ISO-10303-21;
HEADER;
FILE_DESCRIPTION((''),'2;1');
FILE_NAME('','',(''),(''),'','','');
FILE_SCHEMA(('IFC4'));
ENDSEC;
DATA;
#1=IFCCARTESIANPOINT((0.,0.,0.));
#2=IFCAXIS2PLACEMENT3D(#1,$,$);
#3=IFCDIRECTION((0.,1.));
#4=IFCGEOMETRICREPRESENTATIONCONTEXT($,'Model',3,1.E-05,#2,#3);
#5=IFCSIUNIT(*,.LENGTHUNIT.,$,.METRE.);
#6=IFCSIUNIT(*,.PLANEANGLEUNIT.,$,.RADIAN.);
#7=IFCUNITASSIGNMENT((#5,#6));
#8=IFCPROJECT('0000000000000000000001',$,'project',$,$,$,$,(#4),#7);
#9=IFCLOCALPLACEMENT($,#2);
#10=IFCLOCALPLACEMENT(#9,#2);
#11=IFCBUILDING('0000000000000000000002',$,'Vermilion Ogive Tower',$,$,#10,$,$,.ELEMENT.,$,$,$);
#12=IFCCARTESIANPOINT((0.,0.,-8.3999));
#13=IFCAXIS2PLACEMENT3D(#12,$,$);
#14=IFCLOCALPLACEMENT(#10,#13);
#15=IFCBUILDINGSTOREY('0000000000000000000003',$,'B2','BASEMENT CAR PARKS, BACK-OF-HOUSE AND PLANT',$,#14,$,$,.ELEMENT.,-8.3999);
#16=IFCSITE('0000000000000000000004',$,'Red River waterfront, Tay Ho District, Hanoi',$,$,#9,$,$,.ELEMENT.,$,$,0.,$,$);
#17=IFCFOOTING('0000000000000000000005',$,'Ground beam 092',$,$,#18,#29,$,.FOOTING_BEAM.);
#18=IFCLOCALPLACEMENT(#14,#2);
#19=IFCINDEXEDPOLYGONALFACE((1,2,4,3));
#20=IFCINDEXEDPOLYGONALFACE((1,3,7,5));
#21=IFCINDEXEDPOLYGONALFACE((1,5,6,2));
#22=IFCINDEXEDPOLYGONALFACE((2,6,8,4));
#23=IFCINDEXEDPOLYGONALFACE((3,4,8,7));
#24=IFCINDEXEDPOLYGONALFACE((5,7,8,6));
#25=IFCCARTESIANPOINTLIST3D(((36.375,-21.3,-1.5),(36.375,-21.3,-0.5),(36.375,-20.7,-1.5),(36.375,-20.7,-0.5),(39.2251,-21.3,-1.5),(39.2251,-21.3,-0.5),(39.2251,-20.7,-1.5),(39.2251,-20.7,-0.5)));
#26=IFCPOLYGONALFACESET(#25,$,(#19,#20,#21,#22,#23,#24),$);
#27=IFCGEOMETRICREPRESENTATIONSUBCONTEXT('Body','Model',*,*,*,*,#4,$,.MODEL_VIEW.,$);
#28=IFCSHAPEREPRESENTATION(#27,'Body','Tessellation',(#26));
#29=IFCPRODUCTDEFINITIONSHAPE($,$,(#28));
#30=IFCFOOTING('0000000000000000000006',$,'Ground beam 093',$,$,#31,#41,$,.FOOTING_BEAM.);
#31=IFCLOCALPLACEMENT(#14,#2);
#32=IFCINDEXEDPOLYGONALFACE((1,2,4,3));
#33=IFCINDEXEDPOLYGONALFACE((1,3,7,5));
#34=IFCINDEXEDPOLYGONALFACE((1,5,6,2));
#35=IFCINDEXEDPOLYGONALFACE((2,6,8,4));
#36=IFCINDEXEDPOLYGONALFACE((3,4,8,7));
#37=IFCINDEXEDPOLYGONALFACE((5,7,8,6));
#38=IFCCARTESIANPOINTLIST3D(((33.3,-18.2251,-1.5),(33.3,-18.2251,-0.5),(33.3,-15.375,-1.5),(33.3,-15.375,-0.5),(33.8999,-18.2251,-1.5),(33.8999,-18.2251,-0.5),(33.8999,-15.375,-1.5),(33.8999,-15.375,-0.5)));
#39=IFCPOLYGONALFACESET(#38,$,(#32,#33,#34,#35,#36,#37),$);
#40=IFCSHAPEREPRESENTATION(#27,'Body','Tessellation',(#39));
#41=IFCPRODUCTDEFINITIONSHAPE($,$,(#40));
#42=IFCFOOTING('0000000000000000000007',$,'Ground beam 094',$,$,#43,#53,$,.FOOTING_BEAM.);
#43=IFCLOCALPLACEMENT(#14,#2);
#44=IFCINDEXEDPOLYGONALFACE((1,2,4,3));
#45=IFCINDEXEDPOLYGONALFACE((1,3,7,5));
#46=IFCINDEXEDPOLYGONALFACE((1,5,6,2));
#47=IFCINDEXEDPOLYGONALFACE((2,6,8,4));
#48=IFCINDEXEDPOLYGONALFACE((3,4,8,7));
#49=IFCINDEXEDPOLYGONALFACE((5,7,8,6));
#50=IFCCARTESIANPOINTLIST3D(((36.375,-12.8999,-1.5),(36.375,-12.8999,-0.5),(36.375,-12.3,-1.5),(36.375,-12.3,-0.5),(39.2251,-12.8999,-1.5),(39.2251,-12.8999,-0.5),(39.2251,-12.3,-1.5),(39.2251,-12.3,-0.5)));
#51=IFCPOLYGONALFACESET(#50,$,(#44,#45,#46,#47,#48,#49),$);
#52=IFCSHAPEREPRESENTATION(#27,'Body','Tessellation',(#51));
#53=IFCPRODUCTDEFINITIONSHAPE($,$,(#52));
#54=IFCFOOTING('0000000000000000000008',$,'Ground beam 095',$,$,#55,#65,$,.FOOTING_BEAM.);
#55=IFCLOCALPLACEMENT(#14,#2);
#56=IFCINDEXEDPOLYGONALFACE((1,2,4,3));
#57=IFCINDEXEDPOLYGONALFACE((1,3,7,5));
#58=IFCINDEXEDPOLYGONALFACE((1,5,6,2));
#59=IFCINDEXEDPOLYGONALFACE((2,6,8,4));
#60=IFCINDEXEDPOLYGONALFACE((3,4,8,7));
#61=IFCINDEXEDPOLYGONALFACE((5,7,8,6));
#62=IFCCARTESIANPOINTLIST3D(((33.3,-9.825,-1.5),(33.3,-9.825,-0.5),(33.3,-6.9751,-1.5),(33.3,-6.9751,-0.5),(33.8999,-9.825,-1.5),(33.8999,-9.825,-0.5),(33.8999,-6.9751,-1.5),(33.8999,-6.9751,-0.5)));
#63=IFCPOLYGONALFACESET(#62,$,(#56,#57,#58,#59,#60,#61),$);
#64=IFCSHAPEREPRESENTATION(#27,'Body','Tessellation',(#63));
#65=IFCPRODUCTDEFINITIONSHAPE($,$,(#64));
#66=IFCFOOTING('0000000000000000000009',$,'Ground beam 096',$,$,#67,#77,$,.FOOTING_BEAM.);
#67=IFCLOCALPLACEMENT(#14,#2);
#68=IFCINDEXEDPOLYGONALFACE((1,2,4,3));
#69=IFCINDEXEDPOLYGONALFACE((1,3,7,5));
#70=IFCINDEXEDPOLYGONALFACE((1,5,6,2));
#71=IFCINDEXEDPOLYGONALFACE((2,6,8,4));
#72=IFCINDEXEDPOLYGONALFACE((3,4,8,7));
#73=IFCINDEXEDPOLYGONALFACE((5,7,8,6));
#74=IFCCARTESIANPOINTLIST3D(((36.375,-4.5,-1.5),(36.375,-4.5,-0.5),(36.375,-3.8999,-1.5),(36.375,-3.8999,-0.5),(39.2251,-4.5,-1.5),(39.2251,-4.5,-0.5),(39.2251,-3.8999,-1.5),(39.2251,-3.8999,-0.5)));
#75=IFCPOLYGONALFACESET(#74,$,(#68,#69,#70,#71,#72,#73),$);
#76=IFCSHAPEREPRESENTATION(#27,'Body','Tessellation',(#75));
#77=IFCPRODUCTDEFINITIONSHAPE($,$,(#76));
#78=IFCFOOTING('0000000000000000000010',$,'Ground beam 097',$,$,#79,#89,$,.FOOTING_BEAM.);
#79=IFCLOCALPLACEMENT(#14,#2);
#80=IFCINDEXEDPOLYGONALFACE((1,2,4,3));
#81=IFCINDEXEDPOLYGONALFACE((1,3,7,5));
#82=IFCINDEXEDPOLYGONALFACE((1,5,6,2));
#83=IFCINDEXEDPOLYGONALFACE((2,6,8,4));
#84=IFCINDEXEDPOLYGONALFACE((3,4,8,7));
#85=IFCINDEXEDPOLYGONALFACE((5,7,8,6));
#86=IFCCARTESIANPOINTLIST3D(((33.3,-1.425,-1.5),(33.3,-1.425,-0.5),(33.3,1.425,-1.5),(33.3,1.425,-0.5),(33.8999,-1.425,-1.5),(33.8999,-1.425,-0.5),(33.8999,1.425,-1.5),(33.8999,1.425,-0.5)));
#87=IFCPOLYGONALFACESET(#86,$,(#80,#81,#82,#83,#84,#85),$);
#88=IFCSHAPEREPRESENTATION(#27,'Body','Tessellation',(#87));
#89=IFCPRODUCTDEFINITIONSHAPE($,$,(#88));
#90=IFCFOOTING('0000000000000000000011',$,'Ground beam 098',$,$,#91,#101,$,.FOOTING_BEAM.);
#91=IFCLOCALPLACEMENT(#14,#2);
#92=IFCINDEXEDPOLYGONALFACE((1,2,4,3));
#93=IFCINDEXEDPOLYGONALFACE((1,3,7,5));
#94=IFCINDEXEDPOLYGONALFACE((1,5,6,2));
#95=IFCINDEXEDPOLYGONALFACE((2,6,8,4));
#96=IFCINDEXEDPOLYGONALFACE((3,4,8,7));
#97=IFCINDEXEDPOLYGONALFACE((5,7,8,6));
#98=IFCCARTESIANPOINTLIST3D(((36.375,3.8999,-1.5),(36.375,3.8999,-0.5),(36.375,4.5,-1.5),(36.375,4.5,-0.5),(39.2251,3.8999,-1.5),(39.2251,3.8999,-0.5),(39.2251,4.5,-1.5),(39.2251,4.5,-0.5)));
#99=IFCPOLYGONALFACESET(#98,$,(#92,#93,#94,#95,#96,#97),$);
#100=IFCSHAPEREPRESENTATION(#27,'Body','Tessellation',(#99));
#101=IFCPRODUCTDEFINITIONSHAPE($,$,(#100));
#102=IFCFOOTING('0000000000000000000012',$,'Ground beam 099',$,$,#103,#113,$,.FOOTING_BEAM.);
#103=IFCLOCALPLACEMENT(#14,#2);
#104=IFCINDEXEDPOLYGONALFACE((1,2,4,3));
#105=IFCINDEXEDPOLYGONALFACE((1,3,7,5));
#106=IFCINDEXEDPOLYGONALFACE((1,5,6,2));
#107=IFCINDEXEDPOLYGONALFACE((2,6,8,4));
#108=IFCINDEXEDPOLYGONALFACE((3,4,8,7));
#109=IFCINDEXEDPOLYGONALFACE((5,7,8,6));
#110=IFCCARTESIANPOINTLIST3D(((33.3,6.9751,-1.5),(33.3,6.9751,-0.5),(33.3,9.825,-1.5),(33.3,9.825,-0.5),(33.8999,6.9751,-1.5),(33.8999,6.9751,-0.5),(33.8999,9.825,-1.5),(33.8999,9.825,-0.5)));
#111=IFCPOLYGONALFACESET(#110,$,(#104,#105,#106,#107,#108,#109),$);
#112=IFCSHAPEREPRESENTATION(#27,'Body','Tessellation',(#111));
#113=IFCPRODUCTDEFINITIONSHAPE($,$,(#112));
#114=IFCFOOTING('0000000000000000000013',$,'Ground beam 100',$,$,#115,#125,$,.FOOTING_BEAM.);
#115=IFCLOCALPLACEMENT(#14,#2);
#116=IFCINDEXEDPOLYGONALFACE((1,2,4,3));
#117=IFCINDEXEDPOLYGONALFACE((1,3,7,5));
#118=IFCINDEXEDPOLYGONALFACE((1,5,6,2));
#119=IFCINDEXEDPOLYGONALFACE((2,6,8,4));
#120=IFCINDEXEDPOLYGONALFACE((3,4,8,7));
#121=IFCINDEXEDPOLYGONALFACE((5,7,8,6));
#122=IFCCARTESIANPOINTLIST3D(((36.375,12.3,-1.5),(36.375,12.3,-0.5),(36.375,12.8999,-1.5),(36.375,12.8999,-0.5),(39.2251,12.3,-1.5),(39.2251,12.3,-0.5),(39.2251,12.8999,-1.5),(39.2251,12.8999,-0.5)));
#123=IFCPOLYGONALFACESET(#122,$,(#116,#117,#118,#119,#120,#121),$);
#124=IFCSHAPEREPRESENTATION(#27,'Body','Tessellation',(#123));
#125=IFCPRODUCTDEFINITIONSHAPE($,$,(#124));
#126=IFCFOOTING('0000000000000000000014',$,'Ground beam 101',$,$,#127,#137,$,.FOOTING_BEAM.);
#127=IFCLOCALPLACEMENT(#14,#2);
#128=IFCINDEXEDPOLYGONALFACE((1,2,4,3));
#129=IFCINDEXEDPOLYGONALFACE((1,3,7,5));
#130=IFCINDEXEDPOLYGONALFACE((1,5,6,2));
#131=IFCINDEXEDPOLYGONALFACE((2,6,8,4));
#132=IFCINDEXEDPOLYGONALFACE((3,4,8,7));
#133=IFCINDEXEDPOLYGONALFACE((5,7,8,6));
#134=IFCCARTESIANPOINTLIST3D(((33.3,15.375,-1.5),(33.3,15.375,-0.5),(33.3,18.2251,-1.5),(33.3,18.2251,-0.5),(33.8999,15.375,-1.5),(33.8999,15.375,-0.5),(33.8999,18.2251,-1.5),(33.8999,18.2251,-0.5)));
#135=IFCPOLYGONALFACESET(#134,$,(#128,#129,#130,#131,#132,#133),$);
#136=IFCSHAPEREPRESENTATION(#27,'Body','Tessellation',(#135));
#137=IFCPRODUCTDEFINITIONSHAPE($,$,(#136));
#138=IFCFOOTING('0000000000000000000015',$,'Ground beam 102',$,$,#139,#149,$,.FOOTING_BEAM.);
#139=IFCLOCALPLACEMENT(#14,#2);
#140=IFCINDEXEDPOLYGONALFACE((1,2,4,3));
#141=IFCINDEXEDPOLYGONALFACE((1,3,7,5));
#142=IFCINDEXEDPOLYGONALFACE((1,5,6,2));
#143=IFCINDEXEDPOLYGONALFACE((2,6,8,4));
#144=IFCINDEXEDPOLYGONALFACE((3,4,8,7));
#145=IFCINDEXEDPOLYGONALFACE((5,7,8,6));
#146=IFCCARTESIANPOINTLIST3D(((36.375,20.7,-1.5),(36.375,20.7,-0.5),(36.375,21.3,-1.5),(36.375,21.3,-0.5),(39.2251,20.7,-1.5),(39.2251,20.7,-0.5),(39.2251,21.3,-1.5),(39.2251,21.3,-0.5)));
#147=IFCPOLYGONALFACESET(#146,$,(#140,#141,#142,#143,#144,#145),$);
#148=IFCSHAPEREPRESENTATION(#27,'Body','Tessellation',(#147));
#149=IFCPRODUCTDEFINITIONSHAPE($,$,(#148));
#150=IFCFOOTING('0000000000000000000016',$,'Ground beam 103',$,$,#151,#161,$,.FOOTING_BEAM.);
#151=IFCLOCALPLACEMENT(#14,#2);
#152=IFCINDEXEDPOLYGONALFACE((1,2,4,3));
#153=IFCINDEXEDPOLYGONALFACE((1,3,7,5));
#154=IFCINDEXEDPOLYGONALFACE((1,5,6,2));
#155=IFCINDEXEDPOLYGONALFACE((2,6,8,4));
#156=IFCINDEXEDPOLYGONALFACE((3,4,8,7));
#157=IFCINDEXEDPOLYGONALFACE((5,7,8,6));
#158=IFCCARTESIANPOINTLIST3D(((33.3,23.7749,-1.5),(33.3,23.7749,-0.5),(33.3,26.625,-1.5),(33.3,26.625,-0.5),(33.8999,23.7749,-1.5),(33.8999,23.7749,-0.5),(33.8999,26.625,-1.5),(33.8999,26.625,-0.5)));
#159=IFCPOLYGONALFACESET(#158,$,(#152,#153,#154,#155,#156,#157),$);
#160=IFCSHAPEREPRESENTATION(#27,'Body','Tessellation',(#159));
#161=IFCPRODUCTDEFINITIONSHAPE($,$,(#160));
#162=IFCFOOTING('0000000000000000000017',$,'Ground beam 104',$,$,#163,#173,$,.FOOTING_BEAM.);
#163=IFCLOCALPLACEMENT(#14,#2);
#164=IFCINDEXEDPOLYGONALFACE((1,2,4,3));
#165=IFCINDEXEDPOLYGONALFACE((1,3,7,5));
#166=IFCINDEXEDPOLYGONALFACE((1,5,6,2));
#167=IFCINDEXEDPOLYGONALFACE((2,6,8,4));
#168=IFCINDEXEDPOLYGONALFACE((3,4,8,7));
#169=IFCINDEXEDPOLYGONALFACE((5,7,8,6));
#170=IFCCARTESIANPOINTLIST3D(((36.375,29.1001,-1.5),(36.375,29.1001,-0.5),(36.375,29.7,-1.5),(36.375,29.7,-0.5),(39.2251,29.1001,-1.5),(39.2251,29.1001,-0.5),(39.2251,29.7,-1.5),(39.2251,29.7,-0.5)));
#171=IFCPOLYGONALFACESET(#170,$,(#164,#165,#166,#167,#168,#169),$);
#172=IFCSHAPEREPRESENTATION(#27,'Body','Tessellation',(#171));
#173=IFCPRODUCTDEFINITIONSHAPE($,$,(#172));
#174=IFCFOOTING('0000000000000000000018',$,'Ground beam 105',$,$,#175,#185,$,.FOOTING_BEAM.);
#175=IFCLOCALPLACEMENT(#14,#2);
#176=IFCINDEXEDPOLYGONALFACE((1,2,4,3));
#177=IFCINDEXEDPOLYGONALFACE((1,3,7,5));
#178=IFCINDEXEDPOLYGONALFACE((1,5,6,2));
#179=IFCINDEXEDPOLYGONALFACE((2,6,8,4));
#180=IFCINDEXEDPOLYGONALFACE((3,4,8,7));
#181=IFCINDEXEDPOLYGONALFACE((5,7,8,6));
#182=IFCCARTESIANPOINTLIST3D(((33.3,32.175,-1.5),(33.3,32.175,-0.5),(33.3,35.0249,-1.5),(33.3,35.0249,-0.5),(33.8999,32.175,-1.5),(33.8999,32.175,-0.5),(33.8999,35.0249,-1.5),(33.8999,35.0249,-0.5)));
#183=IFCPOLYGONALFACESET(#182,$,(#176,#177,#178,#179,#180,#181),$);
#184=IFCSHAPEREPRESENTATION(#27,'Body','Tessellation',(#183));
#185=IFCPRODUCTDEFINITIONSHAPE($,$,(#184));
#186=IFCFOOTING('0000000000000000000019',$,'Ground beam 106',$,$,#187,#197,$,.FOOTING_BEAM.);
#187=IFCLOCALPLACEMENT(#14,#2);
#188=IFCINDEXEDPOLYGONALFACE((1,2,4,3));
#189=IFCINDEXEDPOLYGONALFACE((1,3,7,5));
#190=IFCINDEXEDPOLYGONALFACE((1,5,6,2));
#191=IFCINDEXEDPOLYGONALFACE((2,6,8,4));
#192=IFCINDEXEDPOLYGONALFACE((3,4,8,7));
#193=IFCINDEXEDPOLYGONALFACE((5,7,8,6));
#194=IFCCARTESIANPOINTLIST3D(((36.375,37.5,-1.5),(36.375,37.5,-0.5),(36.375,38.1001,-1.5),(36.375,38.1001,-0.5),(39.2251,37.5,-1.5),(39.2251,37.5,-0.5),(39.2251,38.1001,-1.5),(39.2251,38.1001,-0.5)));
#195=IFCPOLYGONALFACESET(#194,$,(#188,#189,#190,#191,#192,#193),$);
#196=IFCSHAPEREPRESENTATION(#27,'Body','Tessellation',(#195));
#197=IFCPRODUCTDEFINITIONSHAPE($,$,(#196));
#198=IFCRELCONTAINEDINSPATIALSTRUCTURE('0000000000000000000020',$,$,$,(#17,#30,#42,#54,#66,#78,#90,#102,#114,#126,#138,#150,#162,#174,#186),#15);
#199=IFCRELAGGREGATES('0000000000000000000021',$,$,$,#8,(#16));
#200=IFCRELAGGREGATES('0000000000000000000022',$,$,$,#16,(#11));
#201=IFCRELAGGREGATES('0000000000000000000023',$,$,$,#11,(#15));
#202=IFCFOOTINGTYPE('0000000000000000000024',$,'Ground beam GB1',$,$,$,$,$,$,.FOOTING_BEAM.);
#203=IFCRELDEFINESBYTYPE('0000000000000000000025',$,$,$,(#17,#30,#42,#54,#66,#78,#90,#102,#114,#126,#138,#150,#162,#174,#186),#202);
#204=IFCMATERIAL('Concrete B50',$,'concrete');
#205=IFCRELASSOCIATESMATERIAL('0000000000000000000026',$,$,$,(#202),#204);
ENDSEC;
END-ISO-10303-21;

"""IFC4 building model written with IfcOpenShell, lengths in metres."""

from ifc_helpers import new_model, si_unit, direction, frame, origin, place, context, subcontext, project, spatial, polyline, outline, extrude, material, type_object, element, save


model = new_model("IFC4")

# Units and contexts
model_context = context("Model", 3, precision=1e-05, world=origin(), true_north=direction((0.0, 1.0)))
body_context = subcontext(model_context, "Body", "Model", "MODEL_VIEW")
ifc_project = project(units=[si_unit("LENGTHUNIT", "METRE"), si_unit("PLANEANGLEUNIT", "RADIAN")], contexts=[model_context])

# Site, building, storey
site_placement = place(None, origin())
site = spatial("IfcSite", under=ifc_project, at=site_placement, Name="Red River waterfront, Tay Ho District, Hanoi", CompositionType="ELEMENT", RefElevation=0.0)
building_placement = place(site_placement, origin())
building = spatial("IfcBuilding", under=site, at=building_placement, Name="Vermilion Ogive Tower", CompositionType="ELEMENT")
storey_placement = place(building_placement, frame((0.0, 0.0, -8.3999)))
storey = spatial("IfcBuildingStorey", under=building, at=storey_placement, Name="B2", Description="BASEMENT CAR PARKS, BACK-OF-HOUSE AND PLANT", CompositionType="ELEMENT", Elevation=-8.3999)

# Footings
ifc_material = material(Name="Concrete B50", Category="concrete")
footing_type = type_object("IfcFootingType", Name="Ground beam GB1", PredefinedType="FOOTING_BEAM", material=ifc_material)
footing_1_placement = place(storey_placement, frame((0.0, 0.0, -1.5)))
element("IfcFooting", 1, at=footing_1_placement, inside=storey, type_object=footing_type, Name="Ground beam 092", PredefinedType="FOOTING_BEAM", context=body_context, shape_type="SweptSolid", body=[
    extrude(outline(polyline([(39.2251, -21.3), (39.2251, -20.7), (36.375, -20.7), (36.375, -21.3), (39.2251, -21.3)])), origin(), (0.0, 0.0, 1.0), 1.0),
])
footing_2_placement = place(storey_placement, frame((0.0, 0.0, -1.5)))
element("IfcFooting", 2, at=footing_2_placement, inside=storey, type_object=footing_type, Name="Ground beam 093", PredefinedType="FOOTING_BEAM", context=body_context, shape_type="SweptSolid", body=[
    extrude(outline(polyline([(33.8999, -18.2251), (33.8999, -15.375), (33.3, -15.375), (33.3, -18.2251), (33.8999, -18.2251)])), origin(), (0.0, 0.0, 1.0), 1.0),
])
footing_3_placement = place(storey_placement, frame((0.0, 0.0, -1.5)))
element("IfcFooting", 3, at=footing_3_placement, inside=storey, type_object=footing_type, Name="Ground beam 094", PredefinedType="FOOTING_BEAM", context=body_context, shape_type="SweptSolid", body=[
    extrude(outline(polyline([(39.2251, -12.8999), (39.2251, -12.3), (36.375, -12.3), (36.375, -12.8999), (39.2251, -12.8999)])), origin(), (0.0, 0.0, 1.0), 1.0),
])
footing_4_placement = place(storey_placement, frame((0.0, 0.0, -1.5)))
element("IfcFooting", 4, at=footing_4_placement, inside=storey, type_object=footing_type, Name="Ground beam 095", PredefinedType="FOOTING_BEAM", context=body_context, shape_type="SweptSolid", body=[
    extrude(outline(polyline([(33.8999, -9.825), (33.8999, -6.9751), (33.3, -6.9751), (33.3, -9.825), (33.8999, -9.825)])), origin(), (0.0, 0.0, 1.0), 1.0),
])
footing_5_placement = place(storey_placement, frame((0.0, 0.0, -1.5)))
element("IfcFooting", 5, at=footing_5_placement, inside=storey, type_object=footing_type, Name="Ground beam 096", PredefinedType="FOOTING_BEAM", context=body_context, shape_type="SweptSolid", body=[
    extrude(outline(polyline([(39.2251, -4.5), (39.2251, -3.8999), (36.375, -3.8999), (36.375, -4.5), (39.2251, -4.5)])), origin(), (0.0, 0.0, 1.0), 1.0),
])
footing_6_placement = place(storey_placement, frame((0.0, 0.0, -1.5)))
element("IfcFooting", 6, at=footing_6_placement, inside=storey, type_object=footing_type, Name="Ground beam 097", PredefinedType="FOOTING_BEAM", context=body_context, shape_type="SweptSolid", body=[
    extrude(outline(polyline([(33.8999, -1.425), (33.8999, 1.425), (33.3, 1.425), (33.3, -1.425), (33.8999, -1.425)])), origin(), (0.0, 0.0, 1.0), 1.0),
])
footing_7_placement = place(storey_placement, frame((0.0, 0.0, -1.5)))
element("IfcFooting", 7, at=footing_7_placement, inside=storey, type_object=footing_type, Name="Ground beam 098", PredefinedType="FOOTING_BEAM", context=body_context, shape_type="SweptSolid", body=[
    extrude(outline(polyline([(39.2251, 3.8999), (39.2251, 4.5), (36.375, 4.5), (36.375, 3.8999), (39.2251, 3.8999)])), origin(), (0.0, 0.0, 1.0), 1.0),
])
footing_8_placement = place(storey_placement, frame((0.0, 0.0, -1.5)))
element("IfcFooting", 8, at=footing_8_placement, inside=storey, type_object=footing_type, Name="Ground beam 099", PredefinedType="FOOTING_BEAM", context=body_context, shape_type="SweptSolid", body=[
    extrude(outline(polyline([(33.8999, 6.9751), (33.8999, 9.825), (33.3, 9.825), (33.3, 6.9751), (33.8999, 6.9751)])), origin(), (0.0, 0.0, 1.0), 1.0),
])
footing_9_placement = place(storey_placement, frame((0.0, 0.0, -1.5)))
element("IfcFooting", 9, at=footing_9_placement, inside=storey, type_object=footing_type, Name="Ground beam 100", PredefinedType="FOOTING_BEAM", context=body_context, shape_type="SweptSolid", body=[
    extrude(outline(polyline([(39.2251, 12.3), (39.2251, 12.8999), (36.375, 12.8999), (36.375, 12.3), (39.2251, 12.3)])), origin(), (0.0, 0.0, 1.0), 1.0),
])
footing_10_placement = place(storey_placement, frame((0.0, 0.0, -1.5)))
element("IfcFooting", 10, at=footing_10_placement, inside=storey, type_object=footing_type, Name="Ground beam 101", PredefinedType="FOOTING_BEAM", context=body_context, shape_type="SweptSolid", body=[
    extrude(outline(polyline([(33.8999, 15.375), (33.8999, 18.2251), (33.3, 18.2251), (33.3, 15.375), (33.8999, 15.375)])), origin(), (0.0, 0.0, 1.0), 1.0),
])
footing_11_placement = place(storey_placement, frame((0.0, 0.0, -1.5)))
element("IfcFooting", 11, at=footing_11_placement, inside=storey, type_object=footing_type, Name="Ground beam 102", PredefinedType="FOOTING_BEAM", context=body_context, shape_type="SweptSolid", body=[
    extrude(outline(polyline([(39.2251, 20.7), (39.2251, 21.3), (36.375, 21.3), (36.375, 20.7), (39.2251, 20.7)])), origin(), (0.0, 0.0, 1.0), 1.0),
])
footing_12_placement = place(storey_placement, frame((0.0, 0.0, -1.5)))
element("IfcFooting", 12, at=footing_12_placement, inside=storey, type_object=footing_type, Name="Ground beam 103", PredefinedType="FOOTING_BEAM", context=body_context, shape_type="SweptSolid", body=[
    extrude(outline(polyline([(33.8999, 23.7749), (33.8999, 26.625), (33.3, 26.625), (33.3, 23.7749), (33.8999, 23.7749)])), origin(), (0.0, 0.0, 1.0), 1.0),
])
footing_13_placement = place(storey_placement, frame((0.0, 0.0, -1.5)))
element("IfcFooting", 13, at=footing_13_placement, inside=storey, type_object=footing_type, Name="Ground beam 104", PredefinedType="FOOTING_BEAM", context=body_context, shape_type="SweptSolid", body=[
    extrude(outline(polyline([(39.2251, 29.1001), (39.2251, 29.7), (36.375, 29.7), (36.375, 29.1001), (39.2251, 29.1001)])), origin(), (0.0, 0.0, 1.0), 1.0),
])
footing_14_placement = place(storey_placement, frame((0.0, 0.0, -1.5)))
element("IfcFooting", 14, at=footing_14_placement, inside=storey, type_object=footing_type, Name="Ground beam 105", PredefinedType="FOOTING_BEAM", context=body_context, shape_type="SweptSolid", body=[
    extrude(outline(polyline([(33.8999, 32.175), (33.8999, 35.0249), (33.3, 35.0249), (33.3, 32.175), (33.8999, 32.175)])), origin(), (0.0, 0.0, 1.0), 1.0),
])
footing_15_placement = place(storey_placement, frame((0.0, 0.0, -1.5)))
element("IfcFooting", 15, at=footing_15_placement, inside=storey, type_object=footing_type, Name="Ground beam 106", PredefinedType="FOOTING_BEAM", context=body_context, shape_type="SweptSolid", body=[
    extrude(outline(polyline([(39.2251, 37.5), (39.2251, 38.1001), (36.375, 38.1001), (36.375, 37.5), (39.2251, 37.5)])), origin(), (0.0, 0.0, 1.0), 1.0),
])

save(model, "model.ifc")
